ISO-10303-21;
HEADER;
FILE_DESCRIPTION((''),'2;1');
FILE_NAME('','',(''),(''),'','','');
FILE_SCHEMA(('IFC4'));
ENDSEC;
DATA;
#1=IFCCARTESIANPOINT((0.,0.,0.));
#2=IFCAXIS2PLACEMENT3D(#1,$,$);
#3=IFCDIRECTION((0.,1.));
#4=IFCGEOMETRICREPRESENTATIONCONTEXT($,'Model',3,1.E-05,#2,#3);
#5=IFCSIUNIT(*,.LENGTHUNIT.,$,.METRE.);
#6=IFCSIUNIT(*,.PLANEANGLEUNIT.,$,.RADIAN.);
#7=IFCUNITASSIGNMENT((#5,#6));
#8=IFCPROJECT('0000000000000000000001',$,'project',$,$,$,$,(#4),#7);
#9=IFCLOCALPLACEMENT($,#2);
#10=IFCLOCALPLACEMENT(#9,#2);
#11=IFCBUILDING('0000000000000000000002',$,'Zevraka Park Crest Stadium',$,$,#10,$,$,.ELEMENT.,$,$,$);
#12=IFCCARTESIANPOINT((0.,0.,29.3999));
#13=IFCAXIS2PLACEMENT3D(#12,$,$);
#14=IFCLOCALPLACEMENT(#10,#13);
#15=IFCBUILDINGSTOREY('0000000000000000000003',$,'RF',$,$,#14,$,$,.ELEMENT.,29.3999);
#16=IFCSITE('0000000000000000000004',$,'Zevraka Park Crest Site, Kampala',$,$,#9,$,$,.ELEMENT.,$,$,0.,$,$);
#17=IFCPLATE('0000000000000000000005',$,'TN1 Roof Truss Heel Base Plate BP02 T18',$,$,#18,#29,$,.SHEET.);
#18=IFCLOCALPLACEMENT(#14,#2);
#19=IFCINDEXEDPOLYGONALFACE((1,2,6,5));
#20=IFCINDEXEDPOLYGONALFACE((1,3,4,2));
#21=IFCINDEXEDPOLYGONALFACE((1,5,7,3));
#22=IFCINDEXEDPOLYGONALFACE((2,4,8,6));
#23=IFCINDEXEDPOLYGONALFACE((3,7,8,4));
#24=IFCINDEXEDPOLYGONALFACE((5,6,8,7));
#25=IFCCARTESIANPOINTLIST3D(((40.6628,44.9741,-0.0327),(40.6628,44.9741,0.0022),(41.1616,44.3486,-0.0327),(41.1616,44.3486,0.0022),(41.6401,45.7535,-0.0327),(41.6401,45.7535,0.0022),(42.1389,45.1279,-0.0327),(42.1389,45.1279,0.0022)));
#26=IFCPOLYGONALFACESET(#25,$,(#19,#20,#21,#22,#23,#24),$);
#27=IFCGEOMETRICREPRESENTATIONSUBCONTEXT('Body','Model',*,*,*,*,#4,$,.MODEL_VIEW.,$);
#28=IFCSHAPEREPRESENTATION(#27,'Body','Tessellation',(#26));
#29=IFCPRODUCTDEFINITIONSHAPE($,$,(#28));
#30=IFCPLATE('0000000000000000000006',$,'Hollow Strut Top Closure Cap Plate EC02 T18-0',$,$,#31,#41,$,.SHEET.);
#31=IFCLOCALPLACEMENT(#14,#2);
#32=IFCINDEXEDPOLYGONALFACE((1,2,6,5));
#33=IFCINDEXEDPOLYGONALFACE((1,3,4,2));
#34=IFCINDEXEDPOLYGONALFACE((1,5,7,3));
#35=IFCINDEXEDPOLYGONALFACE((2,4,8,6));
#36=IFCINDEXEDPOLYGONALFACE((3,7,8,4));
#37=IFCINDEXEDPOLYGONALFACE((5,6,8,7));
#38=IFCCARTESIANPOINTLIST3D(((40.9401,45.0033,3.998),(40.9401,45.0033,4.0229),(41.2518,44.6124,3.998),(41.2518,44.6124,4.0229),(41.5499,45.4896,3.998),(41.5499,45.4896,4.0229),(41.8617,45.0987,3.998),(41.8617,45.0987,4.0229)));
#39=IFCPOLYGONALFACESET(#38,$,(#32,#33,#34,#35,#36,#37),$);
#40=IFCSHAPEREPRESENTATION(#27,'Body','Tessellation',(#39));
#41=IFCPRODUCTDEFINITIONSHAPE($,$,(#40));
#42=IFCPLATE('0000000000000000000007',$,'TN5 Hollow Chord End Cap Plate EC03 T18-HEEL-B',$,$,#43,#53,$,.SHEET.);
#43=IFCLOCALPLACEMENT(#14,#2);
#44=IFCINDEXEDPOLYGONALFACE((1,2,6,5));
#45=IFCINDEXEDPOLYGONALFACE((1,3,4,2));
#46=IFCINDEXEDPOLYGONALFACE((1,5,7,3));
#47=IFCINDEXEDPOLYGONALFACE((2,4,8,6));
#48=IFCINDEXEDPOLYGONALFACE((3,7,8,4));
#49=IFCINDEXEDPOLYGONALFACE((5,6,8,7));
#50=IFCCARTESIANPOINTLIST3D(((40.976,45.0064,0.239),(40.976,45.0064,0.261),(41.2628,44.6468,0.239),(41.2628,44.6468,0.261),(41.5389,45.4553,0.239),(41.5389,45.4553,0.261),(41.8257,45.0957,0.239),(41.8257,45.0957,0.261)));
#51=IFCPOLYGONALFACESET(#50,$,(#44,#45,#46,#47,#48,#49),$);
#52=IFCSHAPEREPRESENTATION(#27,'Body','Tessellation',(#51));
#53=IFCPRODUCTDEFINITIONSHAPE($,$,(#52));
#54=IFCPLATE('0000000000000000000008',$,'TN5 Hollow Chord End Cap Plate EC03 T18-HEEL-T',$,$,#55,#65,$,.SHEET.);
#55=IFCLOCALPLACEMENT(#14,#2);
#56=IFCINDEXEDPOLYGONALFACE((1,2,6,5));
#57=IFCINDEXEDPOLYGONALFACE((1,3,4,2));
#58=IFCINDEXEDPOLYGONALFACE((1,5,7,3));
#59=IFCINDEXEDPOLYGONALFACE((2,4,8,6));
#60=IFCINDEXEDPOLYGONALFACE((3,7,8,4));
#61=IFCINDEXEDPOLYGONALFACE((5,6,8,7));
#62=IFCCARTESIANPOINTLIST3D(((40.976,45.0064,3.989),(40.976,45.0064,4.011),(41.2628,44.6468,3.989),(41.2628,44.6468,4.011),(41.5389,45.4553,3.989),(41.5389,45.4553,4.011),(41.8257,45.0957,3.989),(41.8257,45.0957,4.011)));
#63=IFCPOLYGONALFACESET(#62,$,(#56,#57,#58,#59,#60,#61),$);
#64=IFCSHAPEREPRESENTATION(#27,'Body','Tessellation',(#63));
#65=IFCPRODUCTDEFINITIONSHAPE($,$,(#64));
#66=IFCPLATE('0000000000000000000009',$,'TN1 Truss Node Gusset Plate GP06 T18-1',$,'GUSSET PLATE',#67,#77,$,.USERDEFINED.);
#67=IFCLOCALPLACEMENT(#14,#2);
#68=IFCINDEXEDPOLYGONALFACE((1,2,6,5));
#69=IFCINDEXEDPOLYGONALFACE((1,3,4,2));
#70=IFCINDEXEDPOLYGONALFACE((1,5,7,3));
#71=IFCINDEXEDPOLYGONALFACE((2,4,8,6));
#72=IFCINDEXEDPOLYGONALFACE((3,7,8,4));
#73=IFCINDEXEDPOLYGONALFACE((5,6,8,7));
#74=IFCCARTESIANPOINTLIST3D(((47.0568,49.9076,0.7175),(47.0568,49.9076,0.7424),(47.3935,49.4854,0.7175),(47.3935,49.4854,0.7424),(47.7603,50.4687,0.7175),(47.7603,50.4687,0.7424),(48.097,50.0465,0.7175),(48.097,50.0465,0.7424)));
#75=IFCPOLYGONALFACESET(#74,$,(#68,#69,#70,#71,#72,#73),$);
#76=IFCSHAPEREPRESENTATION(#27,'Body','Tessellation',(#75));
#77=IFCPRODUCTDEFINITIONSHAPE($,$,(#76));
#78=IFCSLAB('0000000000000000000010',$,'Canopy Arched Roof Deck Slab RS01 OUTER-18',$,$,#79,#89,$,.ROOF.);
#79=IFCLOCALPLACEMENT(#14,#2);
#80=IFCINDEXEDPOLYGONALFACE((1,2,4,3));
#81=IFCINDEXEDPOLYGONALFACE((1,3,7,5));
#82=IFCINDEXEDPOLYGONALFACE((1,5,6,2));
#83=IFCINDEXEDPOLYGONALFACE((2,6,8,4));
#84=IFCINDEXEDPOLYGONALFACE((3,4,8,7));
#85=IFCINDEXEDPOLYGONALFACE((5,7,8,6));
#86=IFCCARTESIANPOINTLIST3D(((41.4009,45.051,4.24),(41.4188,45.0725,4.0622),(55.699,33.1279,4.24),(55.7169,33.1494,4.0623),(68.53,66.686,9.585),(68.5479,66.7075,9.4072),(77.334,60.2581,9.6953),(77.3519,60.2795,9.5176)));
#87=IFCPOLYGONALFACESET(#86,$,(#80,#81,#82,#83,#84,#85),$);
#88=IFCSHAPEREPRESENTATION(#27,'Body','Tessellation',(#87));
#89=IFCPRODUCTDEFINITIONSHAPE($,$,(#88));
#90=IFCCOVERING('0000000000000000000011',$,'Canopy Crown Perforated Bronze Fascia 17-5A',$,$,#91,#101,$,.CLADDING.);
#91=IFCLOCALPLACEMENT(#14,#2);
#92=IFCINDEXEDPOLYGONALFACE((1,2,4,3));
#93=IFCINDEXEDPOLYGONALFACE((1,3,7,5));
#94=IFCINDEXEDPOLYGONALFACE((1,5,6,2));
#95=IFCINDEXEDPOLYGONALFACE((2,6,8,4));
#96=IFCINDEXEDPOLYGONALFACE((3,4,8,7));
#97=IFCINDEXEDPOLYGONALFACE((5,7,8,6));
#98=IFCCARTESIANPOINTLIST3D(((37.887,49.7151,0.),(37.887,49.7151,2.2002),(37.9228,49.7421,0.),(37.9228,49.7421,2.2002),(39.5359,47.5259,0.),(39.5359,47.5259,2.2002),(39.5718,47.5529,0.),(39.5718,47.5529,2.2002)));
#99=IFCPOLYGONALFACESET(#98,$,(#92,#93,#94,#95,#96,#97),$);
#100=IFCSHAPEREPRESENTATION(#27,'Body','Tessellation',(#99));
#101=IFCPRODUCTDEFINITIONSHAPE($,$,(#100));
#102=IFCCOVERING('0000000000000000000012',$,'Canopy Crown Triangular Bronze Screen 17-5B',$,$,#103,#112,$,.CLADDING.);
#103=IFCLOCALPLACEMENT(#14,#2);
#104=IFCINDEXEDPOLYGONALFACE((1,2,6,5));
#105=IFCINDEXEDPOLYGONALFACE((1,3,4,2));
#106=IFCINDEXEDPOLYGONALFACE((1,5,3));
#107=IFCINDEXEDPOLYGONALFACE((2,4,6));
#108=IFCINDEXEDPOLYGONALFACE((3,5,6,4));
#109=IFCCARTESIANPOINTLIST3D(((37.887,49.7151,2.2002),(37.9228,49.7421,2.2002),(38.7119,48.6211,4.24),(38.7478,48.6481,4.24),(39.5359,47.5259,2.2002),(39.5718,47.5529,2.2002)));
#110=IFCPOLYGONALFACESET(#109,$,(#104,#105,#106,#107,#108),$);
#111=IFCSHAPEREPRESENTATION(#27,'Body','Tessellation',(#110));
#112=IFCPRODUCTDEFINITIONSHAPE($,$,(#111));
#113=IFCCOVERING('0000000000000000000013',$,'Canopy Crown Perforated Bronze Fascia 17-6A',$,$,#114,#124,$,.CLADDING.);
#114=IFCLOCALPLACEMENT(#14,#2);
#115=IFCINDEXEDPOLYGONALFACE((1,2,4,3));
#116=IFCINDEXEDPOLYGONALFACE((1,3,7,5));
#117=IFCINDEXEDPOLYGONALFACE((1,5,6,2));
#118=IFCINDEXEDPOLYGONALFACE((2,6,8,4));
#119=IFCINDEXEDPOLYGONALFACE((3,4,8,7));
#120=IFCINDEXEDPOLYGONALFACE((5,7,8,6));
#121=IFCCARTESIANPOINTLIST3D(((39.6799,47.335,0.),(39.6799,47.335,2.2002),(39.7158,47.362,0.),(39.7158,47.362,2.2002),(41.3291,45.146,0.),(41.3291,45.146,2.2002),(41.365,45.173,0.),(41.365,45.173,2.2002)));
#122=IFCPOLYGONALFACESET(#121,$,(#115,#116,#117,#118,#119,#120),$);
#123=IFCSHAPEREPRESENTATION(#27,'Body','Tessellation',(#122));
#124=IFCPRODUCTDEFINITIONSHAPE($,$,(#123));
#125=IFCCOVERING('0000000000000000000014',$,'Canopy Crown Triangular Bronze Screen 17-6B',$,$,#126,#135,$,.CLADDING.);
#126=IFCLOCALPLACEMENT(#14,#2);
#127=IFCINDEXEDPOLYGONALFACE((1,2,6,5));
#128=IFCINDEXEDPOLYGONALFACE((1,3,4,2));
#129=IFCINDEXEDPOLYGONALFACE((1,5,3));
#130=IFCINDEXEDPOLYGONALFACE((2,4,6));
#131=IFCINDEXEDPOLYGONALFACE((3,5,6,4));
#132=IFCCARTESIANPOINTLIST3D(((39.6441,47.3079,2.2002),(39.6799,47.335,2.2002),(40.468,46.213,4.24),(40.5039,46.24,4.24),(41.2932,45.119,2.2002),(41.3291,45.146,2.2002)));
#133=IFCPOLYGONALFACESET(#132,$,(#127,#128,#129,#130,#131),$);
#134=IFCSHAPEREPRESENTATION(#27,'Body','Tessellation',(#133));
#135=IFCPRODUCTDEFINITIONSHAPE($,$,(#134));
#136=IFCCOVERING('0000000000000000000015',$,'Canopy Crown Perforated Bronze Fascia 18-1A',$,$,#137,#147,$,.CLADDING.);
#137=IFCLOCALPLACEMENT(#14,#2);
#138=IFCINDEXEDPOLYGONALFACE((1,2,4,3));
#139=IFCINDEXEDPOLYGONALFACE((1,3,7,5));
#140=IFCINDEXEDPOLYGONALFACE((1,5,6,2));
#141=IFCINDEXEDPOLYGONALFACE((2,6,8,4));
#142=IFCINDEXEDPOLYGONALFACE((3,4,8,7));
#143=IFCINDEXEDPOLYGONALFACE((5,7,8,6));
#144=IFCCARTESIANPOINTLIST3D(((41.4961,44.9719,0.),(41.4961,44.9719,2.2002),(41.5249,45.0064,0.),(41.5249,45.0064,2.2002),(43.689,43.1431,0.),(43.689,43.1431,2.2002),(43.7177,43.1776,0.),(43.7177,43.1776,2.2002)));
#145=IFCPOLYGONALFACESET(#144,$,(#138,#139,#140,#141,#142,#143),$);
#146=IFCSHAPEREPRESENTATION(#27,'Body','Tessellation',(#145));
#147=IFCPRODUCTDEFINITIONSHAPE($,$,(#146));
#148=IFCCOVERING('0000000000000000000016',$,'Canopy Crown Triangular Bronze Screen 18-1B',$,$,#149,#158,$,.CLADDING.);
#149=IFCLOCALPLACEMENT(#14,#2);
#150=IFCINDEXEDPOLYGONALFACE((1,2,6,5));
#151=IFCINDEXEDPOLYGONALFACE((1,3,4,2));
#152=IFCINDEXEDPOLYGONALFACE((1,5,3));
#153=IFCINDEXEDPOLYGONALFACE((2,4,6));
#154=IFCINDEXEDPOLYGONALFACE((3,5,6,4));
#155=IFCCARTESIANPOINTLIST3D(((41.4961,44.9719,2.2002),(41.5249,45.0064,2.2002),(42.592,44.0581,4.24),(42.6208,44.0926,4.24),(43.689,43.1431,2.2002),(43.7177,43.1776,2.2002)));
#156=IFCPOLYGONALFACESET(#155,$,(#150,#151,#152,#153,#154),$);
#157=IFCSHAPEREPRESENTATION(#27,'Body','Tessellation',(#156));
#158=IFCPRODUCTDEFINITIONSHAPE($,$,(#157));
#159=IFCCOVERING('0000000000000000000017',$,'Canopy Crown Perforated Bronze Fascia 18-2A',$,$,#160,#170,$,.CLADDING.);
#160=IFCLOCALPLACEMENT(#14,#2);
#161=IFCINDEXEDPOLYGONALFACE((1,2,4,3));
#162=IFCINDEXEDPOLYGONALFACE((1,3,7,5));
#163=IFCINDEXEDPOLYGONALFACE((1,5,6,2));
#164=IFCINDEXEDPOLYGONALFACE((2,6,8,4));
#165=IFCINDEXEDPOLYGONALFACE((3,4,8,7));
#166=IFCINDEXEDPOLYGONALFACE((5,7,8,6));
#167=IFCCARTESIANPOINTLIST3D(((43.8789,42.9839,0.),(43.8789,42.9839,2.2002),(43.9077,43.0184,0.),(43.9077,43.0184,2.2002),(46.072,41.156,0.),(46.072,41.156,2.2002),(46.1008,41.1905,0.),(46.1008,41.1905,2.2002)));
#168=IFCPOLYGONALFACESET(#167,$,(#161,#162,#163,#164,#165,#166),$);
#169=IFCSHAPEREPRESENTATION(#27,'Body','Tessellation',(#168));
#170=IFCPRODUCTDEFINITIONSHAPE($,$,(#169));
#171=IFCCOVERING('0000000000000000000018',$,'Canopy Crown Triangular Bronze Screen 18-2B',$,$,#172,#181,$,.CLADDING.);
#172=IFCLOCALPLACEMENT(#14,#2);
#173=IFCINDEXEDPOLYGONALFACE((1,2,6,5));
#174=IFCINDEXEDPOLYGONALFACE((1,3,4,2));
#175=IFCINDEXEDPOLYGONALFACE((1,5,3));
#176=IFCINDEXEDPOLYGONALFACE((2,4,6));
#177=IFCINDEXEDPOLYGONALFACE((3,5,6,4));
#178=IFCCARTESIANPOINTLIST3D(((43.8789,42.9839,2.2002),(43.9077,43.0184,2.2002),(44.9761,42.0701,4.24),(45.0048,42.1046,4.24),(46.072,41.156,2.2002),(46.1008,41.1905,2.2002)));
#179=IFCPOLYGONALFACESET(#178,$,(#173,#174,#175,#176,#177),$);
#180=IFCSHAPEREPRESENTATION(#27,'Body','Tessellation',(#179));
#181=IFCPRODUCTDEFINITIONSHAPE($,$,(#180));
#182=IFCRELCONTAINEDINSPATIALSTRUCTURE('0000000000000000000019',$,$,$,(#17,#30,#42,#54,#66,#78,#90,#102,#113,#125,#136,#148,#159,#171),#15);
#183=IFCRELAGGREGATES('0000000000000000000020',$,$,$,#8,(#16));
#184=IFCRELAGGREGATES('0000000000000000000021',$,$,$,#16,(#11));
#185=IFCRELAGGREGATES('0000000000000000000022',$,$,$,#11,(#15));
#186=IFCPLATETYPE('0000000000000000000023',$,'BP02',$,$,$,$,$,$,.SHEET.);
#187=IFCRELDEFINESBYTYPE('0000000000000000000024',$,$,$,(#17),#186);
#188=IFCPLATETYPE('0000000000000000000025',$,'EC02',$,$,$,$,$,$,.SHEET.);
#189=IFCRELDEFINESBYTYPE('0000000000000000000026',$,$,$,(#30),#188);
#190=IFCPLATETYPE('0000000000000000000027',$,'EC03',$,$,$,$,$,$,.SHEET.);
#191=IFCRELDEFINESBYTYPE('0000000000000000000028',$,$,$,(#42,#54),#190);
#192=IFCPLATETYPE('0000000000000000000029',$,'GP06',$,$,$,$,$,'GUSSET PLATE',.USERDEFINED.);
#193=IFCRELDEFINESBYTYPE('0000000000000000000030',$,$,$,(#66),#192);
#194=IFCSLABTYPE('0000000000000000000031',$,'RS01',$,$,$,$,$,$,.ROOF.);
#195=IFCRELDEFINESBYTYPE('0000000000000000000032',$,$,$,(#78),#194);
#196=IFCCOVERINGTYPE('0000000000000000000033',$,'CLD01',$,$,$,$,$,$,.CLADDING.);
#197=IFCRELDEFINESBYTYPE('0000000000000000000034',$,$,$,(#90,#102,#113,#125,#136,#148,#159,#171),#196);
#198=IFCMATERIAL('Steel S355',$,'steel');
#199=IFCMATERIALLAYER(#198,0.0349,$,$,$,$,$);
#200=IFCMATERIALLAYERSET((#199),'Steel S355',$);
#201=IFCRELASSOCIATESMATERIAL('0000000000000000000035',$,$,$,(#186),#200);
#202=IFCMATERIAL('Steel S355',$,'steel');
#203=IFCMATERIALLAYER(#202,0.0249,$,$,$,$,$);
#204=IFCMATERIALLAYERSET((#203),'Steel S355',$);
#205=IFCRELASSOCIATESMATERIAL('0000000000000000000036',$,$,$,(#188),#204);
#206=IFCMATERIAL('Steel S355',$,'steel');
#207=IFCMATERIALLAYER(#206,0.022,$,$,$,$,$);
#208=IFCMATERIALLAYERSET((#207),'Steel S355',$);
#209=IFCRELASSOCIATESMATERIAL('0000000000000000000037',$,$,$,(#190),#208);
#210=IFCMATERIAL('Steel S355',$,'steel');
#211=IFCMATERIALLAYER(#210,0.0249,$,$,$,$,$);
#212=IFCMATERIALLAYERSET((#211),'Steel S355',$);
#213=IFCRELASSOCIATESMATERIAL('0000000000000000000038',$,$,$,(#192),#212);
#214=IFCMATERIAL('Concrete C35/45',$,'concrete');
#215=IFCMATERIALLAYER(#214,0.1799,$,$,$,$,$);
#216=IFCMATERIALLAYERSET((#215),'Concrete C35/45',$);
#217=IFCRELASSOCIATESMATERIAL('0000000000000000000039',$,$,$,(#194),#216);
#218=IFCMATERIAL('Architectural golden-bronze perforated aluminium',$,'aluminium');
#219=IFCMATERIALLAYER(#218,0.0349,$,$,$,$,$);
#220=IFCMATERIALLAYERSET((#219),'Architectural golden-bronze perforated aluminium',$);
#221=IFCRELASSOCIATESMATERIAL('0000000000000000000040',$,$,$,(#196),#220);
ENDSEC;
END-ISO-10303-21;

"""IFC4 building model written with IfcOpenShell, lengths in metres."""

from ifc_helpers import new_model, si_unit, direction, frame, origin, origin_2d, place, context, subcontext, project, spatial, polyline, rectangle, outline, extrude, material, layer, layer_set, type_object, element, save


model = new_model("IFC4")

# Units and contexts
model_context = context("Model", 3, precision=1e-05, world=origin(), true_north=direction((0.0, 1.0)))
body_context = subcontext(model_context, "Body", "Model", "MODEL_VIEW")
ifc_project = project(units=[si_unit("LENGTHUNIT", "METRE"), si_unit("PLANEANGLEUNIT", "RADIAN")], contexts=[model_context])

# Site, building, storey
site_placement = place(None, origin())
site = spatial("IfcSite", under=ifc_project, at=site_placement, Name="Zevraka Park Crest Site, Kampala", CompositionType="ELEMENT", RefElevation=0.0)
building_placement = place(site_placement, origin())
building = spatial("IfcBuilding", under=site, at=building_placement, Name="Zevraka Park Crest Stadium", CompositionType="ELEMENT")
storey_placement = place(building_placement, frame((0.0, 0.0, 29.3999)))
storey = spatial("IfcBuildingStorey", under=building, at=storey_placement, Name="RF", CompositionType="ELEMENT", Elevation=29.3999)

# Plates
ifc_material_1 = material(Name="Steel S355", Category="steel")
ifc_layer_1 = layer(ifc_material_1, 0.0349)
ifc_layer_set_1 = layer_set([ifc_layer_1], Name="Steel S355")
plate_type_1 = type_object("IfcPlateType", Name="BP02", PredefinedType="SHEET", material=ifc_layer_set_1)
plate_1_placement = place(storey_placement, frame((41.4009, 45.051, -0.0327), z_axis=(0.0, 0.0, 1.0), x_axis=(0.781847, 0.62347, 0.0)))
element("IfcPlate", 1, at=plate_1_placement, inside=storey, type_object=plate_type_1, Name="TN1 Roof Truss Heel Base Plate BP02 T18", PredefinedType="SHEET", context=body_context, shape_type="SweptSolid", body=[
    extrude(rectangle(XDim=1.25, YDim=0.8, at=origin_2d()), origin(), (0.0, 0.0, 1.0), 0.0349),
])
ifc_material_2 = material(Name="Steel S355", Category="steel")
ifc_layer_2 = layer(ifc_material_2, 0.0249)
ifc_layer_set_2 = layer_set([ifc_layer_2], Name="Steel S355")
plate_type_2 = type_object("IfcPlateType", Name="EC02", PredefinedType="SHEET", material=ifc_layer_set_2)
plate_2_placement = place(storey_placement, frame((41.4009, 45.051, 3.998), z_axis=(0.0, 0.0, 1.0), x_axis=(0.781847, 0.62347, 0.0)))
element("IfcPlate", 2, at=plate_2_placement, inside=storey, type_object=plate_type_2, Name="Hollow Strut Top Closure Cap Plate EC02 T18-0", PredefinedType="SHEET", context=body_context, shape_type="SweptSolid", body=[
    extrude(rectangle(XDim=0.78, YDim=0.5, at=origin_2d()), origin(), (0.0, 0.0, 1.0), 0.0249),
])
ifc_material_3 = material(Name="Steel S355", Category="steel")
ifc_layer_3 = layer(ifc_material_3, 0.022)
ifc_layer_set_3 = layer_set([ifc_layer_3], Name="Steel S355")
plate_type_3 = type_object("IfcPlateType", Name="EC03", PredefinedType="SHEET", material=ifc_layer_set_3)
for number, where, z_axis, x_axis, name in (
    (3, (41.4009, 45.051, 0.239), (0.0, 0.0, 1.0), (0.781847, 0.62347, 0.0), "TN5 Hollow Chord End Cap Plate EC03 T18-HEEL-B"),
    (4, (41.4009, 45.051, 3.989), (0.0, 0.0, 1.0), (0.781847, 0.62347, 0.0), "TN5 Hollow Chord End Cap Plate EC03 T18-HEEL-T"),
):
    element("IfcPlate", number, at=place(storey_placement, frame(where, z_axis=z_axis, x_axis=x_axis)), inside=storey, type_object=plate_type_3, Name=name, PredefinedType="SHEET", context=body_context, shape_type="SweptSolid", body=[
        extrude(rectangle(XDim=0.72, YDim=0.46, at=origin_2d()), origin(), (0.0, 0.0, 1.0), 0.022),
    ])
ifc_material_4 = material(Name="Steel S355", Category="steel")
ifc_layer_4 = layer(ifc_material_4, 0.0249)
ifc_layer_set_4 = layer_set([ifc_layer_4], Name="Steel S355")
plate_type_4 = type_object("IfcPlateType", Name="GP06", ElementType="GUSSET PLATE", PredefinedType="USERDEFINED", material=ifc_layer_set_4)
plate_3_placement = place(storey_placement, frame((47.5769, 49.9771, 0.7175), z_axis=(0.0, 0.0, 1.0), x_axis=(0.781847, 0.62347, 0.0)))
element("IfcPlate", 5, at=plate_3_placement, inside=storey, type_object=plate_type_4, Name="TN1 Truss Node Gusset Plate GP06 T18-1", ObjectType="GUSSET PLATE", PredefinedType="USERDEFINED", context=body_context, shape_type="SweptSolid", body=[
    extrude(rectangle(XDim=0.8999, YDim=0.54, at=origin_2d()), origin(), (0.0, 0.0, 1.0), 0.0249),
])

# Slab
ifc_material_5 = material(Name="Concrete C35/45", Category="concrete")
ifc_layer_5 = layer(ifc_material_5, 0.1799)
ifc_layer_set_5 = layer_set([ifc_layer_5], Name="Concrete C35/45")
slab_type = type_object("IfcSlabType", Name="RS01", PredefinedType="ROOF", material=ifc_layer_set_5)
slab_placement = place(storey_placement, frame((41.4009, 45.051, 4.24), z_axis=(-0.099487, -0.119303, 0.987861), x_axis=(0.768009, -0.640439, 0.000001)))
element("IfcSlab", 6, at=slab_placement, inside=storey, type_object=slab_type, Name="Canopy Arched Roof Deck Slab RS01 OUTER-18", PredefinedType="ROOF", context=body_context, shape_type="SweptSolid", body=[
    extrude(outline(polyline([(0.0, 0.0), (18.6171, 0.0), (17.8578, 35.1184), (6.9796, 34.4081), (0.0, 0.0)])), origin(), (0.0, 0.0, -1.0), 0.1799),
])

# Coverings
ifc_material_6 = material(Name="Architectural golden-bronze perforated aluminium", Category="aluminium")
ifc_layer_6 = layer(ifc_material_6, 0.0349)
ifc_layer_set_6 = layer_set([ifc_layer_6], Name="Architectural golden-bronze perforated aluminium")
covering_type_1 = type_object("IfcCoveringType", Name="CLD01", PredefinedType="CLADDING", material=ifc_layer_set_6)
covering_1_placement = place(storey_placement, frame((37.887, 49.7151, 0.0), z_axis=(-0.798769, -0.601638, 0.0), x_axis=(0.601638, -0.798769, 0.0)))
element("IfcCovering", 7, at=covering_1_placement, inside=storey, type_object=covering_type_1, Name="Canopy Crown Perforated Bronze Fascia 17-5A", PredefinedType="CLADDING", context=body_context, shape_type="SweptSolid", body=[
    extrude(outline(polyline([(0.0, 0.0), (2.7407, 0.0), (2.7407, 2.2002), (0.0, 2.2002), (0.0, 0.0)])), origin(), (0.0, 0.0, -1.0), 0.0449),
])
covering_2_placement = place(storey_placement, frame((37.887, 49.7151, 2.2002), z_axis=(-0.798769, -0.601638, 0.000371), x_axis=(0.601638, -0.798769, 0.0)))
element("IfcCovering", 8, at=covering_2_placement, inside=storey, type_object=covering_type_1, Name="Canopy Crown Triangular Bronze Screen 17-5B", PredefinedType="CLADDING", context=body_context, shape_type="SweptSolid", body=[
    extrude(outline(polyline([(0.0, 0.0), (2.7407, 0.0), (1.3702, 2.0398), (0.0, 0.0)])), origin(), (0.0, 0.0, -1.0), 0.0449),
])
covering_3_placement = place(storey_placement, frame((39.6799, 47.335, 0.0), z_axis=(-0.798694, -0.601737, 0.0), x_axis=(0.601737, -0.798694, 0.0)))
element("IfcCovering", 9, at=covering_3_placement, inside=storey, type_object=covering_type_1, Name="Canopy Crown Perforated Bronze Fascia 17-6A", PredefinedType="CLADDING", context=body_context, shape_type="SweptSolid", body=[
    extrude(outline(polyline([(0.0, 0.0), (2.7407, 0.0), (2.7407, 2.2002), (0.0, 2.2002), (0.0, 0.0)])), origin(), (0.0, 0.0, -1.0), 0.0449),
])
covering_4_placement = place(storey_placement, frame((39.6799, 47.335, 2.2002), z_axis=(0.798694, 0.601737, 0.000383), x_axis=(0.601737, -0.798694, 0.0)))
element("IfcCovering", 10, at=covering_4_placement, inside=storey, type_object=covering_type_1, Name="Canopy Crown Triangular Bronze Screen 17-6B", PredefinedType="CLADDING", context=body_context, shape_type="SweptSolid", body=[
    extrude(outline(polyline([(0.0, 0.0), (2.7407, 0.0), (1.3704, -2.0398), (0.0, 0.0)])), origin(), (0.0, 0.0, -1.0), 0.0449),
])
covering_5_placement = place(storey_placement, frame((41.4961, 44.9719, 0.0), z_axis=(-0.640487, -0.767969, 0.0), x_axis=(0.767969, -0.640487, 0.0)))
element("IfcCovering", 11, at=covering_5_placement, inside=storey, type_object=covering_type_1, Name="Canopy Crown Perforated Bronze Fascia 18-1A", PredefinedType="CLADDING", context=body_context, shape_type="SweptSolid", body=[
    extrude(outline(polyline([(0.0, 0.0), (2.8554, 0.0), (2.8554, 2.2002), (0.0, 2.2002), (0.0, 0.0)])), origin(), (0.0, 0.0, -1.0), 0.0449),
])
covering_6_placement = place(storey_placement, frame((41.4961, 44.9719, 2.2002), z_axis=(-0.640487, -0.767969, 0.000076), x_axis=(0.767969, -0.640487, 0.0)))
element("IfcCovering", 12, at=covering_6_placement, inside=storey, type_object=covering_type_1, Name="Canopy Crown Triangular Bronze Screen 18-1B", PredefinedType="CLADDING", context=body_context, shape_type="SweptSolid", body=[
    extrude(outline(polyline([(0.0, 0.0), (2.8554, 0.0), (1.4269, 2.0398), (0.0, 0.0)])), origin(), (0.0, 0.0, -1.0), 0.0449),
])
covering_7_placement = place(storey_placement, frame((43.8789, 42.9839, 0.0), z_axis=(-0.640243, -0.768172, 0.0), x_axis=(0.768172, -0.640243, 0.0)))
element("IfcCovering", 13, at=covering_7_placement, inside=storey, type_object=covering_type_1, Name="Canopy Crown Perforated Bronze Fascia 18-2A", PredefinedType="CLADDING", context=body_context, shape_type="SweptSolid", body=[
    extrude(outline(polyline([(0.0, 0.0), (2.855, 0.0), (2.855, 2.2002), (0.0, 2.2002), (0.0, 0.0)])), origin(), (0.0, 0.0, -1.0), 0.0449),
])
covering_8_placement = place(storey_placement, frame((43.8789, 42.9839, 2.2002), z_axis=(-0.640243, -0.768172, 0.000238), x_axis=(0.768172, -0.640243, 0.0)))
element("IfcCovering", 14, at=covering_8_placement, inside=storey, type_object=covering_type_1, Name="Canopy Crown Triangular Bronze Screen 18-2B", PredefinedType="CLADDING", context=body_context, shape_type="SweptSolid", body=[
    extrude(outline(polyline([(0.0, 0.0), (2.855, 0.0), (1.4279, 2.0398), (0.0, 0.0)])), origin(), (0.0, 0.0, -1.0), 0.0449),
])

save(model, "model.ifc")
